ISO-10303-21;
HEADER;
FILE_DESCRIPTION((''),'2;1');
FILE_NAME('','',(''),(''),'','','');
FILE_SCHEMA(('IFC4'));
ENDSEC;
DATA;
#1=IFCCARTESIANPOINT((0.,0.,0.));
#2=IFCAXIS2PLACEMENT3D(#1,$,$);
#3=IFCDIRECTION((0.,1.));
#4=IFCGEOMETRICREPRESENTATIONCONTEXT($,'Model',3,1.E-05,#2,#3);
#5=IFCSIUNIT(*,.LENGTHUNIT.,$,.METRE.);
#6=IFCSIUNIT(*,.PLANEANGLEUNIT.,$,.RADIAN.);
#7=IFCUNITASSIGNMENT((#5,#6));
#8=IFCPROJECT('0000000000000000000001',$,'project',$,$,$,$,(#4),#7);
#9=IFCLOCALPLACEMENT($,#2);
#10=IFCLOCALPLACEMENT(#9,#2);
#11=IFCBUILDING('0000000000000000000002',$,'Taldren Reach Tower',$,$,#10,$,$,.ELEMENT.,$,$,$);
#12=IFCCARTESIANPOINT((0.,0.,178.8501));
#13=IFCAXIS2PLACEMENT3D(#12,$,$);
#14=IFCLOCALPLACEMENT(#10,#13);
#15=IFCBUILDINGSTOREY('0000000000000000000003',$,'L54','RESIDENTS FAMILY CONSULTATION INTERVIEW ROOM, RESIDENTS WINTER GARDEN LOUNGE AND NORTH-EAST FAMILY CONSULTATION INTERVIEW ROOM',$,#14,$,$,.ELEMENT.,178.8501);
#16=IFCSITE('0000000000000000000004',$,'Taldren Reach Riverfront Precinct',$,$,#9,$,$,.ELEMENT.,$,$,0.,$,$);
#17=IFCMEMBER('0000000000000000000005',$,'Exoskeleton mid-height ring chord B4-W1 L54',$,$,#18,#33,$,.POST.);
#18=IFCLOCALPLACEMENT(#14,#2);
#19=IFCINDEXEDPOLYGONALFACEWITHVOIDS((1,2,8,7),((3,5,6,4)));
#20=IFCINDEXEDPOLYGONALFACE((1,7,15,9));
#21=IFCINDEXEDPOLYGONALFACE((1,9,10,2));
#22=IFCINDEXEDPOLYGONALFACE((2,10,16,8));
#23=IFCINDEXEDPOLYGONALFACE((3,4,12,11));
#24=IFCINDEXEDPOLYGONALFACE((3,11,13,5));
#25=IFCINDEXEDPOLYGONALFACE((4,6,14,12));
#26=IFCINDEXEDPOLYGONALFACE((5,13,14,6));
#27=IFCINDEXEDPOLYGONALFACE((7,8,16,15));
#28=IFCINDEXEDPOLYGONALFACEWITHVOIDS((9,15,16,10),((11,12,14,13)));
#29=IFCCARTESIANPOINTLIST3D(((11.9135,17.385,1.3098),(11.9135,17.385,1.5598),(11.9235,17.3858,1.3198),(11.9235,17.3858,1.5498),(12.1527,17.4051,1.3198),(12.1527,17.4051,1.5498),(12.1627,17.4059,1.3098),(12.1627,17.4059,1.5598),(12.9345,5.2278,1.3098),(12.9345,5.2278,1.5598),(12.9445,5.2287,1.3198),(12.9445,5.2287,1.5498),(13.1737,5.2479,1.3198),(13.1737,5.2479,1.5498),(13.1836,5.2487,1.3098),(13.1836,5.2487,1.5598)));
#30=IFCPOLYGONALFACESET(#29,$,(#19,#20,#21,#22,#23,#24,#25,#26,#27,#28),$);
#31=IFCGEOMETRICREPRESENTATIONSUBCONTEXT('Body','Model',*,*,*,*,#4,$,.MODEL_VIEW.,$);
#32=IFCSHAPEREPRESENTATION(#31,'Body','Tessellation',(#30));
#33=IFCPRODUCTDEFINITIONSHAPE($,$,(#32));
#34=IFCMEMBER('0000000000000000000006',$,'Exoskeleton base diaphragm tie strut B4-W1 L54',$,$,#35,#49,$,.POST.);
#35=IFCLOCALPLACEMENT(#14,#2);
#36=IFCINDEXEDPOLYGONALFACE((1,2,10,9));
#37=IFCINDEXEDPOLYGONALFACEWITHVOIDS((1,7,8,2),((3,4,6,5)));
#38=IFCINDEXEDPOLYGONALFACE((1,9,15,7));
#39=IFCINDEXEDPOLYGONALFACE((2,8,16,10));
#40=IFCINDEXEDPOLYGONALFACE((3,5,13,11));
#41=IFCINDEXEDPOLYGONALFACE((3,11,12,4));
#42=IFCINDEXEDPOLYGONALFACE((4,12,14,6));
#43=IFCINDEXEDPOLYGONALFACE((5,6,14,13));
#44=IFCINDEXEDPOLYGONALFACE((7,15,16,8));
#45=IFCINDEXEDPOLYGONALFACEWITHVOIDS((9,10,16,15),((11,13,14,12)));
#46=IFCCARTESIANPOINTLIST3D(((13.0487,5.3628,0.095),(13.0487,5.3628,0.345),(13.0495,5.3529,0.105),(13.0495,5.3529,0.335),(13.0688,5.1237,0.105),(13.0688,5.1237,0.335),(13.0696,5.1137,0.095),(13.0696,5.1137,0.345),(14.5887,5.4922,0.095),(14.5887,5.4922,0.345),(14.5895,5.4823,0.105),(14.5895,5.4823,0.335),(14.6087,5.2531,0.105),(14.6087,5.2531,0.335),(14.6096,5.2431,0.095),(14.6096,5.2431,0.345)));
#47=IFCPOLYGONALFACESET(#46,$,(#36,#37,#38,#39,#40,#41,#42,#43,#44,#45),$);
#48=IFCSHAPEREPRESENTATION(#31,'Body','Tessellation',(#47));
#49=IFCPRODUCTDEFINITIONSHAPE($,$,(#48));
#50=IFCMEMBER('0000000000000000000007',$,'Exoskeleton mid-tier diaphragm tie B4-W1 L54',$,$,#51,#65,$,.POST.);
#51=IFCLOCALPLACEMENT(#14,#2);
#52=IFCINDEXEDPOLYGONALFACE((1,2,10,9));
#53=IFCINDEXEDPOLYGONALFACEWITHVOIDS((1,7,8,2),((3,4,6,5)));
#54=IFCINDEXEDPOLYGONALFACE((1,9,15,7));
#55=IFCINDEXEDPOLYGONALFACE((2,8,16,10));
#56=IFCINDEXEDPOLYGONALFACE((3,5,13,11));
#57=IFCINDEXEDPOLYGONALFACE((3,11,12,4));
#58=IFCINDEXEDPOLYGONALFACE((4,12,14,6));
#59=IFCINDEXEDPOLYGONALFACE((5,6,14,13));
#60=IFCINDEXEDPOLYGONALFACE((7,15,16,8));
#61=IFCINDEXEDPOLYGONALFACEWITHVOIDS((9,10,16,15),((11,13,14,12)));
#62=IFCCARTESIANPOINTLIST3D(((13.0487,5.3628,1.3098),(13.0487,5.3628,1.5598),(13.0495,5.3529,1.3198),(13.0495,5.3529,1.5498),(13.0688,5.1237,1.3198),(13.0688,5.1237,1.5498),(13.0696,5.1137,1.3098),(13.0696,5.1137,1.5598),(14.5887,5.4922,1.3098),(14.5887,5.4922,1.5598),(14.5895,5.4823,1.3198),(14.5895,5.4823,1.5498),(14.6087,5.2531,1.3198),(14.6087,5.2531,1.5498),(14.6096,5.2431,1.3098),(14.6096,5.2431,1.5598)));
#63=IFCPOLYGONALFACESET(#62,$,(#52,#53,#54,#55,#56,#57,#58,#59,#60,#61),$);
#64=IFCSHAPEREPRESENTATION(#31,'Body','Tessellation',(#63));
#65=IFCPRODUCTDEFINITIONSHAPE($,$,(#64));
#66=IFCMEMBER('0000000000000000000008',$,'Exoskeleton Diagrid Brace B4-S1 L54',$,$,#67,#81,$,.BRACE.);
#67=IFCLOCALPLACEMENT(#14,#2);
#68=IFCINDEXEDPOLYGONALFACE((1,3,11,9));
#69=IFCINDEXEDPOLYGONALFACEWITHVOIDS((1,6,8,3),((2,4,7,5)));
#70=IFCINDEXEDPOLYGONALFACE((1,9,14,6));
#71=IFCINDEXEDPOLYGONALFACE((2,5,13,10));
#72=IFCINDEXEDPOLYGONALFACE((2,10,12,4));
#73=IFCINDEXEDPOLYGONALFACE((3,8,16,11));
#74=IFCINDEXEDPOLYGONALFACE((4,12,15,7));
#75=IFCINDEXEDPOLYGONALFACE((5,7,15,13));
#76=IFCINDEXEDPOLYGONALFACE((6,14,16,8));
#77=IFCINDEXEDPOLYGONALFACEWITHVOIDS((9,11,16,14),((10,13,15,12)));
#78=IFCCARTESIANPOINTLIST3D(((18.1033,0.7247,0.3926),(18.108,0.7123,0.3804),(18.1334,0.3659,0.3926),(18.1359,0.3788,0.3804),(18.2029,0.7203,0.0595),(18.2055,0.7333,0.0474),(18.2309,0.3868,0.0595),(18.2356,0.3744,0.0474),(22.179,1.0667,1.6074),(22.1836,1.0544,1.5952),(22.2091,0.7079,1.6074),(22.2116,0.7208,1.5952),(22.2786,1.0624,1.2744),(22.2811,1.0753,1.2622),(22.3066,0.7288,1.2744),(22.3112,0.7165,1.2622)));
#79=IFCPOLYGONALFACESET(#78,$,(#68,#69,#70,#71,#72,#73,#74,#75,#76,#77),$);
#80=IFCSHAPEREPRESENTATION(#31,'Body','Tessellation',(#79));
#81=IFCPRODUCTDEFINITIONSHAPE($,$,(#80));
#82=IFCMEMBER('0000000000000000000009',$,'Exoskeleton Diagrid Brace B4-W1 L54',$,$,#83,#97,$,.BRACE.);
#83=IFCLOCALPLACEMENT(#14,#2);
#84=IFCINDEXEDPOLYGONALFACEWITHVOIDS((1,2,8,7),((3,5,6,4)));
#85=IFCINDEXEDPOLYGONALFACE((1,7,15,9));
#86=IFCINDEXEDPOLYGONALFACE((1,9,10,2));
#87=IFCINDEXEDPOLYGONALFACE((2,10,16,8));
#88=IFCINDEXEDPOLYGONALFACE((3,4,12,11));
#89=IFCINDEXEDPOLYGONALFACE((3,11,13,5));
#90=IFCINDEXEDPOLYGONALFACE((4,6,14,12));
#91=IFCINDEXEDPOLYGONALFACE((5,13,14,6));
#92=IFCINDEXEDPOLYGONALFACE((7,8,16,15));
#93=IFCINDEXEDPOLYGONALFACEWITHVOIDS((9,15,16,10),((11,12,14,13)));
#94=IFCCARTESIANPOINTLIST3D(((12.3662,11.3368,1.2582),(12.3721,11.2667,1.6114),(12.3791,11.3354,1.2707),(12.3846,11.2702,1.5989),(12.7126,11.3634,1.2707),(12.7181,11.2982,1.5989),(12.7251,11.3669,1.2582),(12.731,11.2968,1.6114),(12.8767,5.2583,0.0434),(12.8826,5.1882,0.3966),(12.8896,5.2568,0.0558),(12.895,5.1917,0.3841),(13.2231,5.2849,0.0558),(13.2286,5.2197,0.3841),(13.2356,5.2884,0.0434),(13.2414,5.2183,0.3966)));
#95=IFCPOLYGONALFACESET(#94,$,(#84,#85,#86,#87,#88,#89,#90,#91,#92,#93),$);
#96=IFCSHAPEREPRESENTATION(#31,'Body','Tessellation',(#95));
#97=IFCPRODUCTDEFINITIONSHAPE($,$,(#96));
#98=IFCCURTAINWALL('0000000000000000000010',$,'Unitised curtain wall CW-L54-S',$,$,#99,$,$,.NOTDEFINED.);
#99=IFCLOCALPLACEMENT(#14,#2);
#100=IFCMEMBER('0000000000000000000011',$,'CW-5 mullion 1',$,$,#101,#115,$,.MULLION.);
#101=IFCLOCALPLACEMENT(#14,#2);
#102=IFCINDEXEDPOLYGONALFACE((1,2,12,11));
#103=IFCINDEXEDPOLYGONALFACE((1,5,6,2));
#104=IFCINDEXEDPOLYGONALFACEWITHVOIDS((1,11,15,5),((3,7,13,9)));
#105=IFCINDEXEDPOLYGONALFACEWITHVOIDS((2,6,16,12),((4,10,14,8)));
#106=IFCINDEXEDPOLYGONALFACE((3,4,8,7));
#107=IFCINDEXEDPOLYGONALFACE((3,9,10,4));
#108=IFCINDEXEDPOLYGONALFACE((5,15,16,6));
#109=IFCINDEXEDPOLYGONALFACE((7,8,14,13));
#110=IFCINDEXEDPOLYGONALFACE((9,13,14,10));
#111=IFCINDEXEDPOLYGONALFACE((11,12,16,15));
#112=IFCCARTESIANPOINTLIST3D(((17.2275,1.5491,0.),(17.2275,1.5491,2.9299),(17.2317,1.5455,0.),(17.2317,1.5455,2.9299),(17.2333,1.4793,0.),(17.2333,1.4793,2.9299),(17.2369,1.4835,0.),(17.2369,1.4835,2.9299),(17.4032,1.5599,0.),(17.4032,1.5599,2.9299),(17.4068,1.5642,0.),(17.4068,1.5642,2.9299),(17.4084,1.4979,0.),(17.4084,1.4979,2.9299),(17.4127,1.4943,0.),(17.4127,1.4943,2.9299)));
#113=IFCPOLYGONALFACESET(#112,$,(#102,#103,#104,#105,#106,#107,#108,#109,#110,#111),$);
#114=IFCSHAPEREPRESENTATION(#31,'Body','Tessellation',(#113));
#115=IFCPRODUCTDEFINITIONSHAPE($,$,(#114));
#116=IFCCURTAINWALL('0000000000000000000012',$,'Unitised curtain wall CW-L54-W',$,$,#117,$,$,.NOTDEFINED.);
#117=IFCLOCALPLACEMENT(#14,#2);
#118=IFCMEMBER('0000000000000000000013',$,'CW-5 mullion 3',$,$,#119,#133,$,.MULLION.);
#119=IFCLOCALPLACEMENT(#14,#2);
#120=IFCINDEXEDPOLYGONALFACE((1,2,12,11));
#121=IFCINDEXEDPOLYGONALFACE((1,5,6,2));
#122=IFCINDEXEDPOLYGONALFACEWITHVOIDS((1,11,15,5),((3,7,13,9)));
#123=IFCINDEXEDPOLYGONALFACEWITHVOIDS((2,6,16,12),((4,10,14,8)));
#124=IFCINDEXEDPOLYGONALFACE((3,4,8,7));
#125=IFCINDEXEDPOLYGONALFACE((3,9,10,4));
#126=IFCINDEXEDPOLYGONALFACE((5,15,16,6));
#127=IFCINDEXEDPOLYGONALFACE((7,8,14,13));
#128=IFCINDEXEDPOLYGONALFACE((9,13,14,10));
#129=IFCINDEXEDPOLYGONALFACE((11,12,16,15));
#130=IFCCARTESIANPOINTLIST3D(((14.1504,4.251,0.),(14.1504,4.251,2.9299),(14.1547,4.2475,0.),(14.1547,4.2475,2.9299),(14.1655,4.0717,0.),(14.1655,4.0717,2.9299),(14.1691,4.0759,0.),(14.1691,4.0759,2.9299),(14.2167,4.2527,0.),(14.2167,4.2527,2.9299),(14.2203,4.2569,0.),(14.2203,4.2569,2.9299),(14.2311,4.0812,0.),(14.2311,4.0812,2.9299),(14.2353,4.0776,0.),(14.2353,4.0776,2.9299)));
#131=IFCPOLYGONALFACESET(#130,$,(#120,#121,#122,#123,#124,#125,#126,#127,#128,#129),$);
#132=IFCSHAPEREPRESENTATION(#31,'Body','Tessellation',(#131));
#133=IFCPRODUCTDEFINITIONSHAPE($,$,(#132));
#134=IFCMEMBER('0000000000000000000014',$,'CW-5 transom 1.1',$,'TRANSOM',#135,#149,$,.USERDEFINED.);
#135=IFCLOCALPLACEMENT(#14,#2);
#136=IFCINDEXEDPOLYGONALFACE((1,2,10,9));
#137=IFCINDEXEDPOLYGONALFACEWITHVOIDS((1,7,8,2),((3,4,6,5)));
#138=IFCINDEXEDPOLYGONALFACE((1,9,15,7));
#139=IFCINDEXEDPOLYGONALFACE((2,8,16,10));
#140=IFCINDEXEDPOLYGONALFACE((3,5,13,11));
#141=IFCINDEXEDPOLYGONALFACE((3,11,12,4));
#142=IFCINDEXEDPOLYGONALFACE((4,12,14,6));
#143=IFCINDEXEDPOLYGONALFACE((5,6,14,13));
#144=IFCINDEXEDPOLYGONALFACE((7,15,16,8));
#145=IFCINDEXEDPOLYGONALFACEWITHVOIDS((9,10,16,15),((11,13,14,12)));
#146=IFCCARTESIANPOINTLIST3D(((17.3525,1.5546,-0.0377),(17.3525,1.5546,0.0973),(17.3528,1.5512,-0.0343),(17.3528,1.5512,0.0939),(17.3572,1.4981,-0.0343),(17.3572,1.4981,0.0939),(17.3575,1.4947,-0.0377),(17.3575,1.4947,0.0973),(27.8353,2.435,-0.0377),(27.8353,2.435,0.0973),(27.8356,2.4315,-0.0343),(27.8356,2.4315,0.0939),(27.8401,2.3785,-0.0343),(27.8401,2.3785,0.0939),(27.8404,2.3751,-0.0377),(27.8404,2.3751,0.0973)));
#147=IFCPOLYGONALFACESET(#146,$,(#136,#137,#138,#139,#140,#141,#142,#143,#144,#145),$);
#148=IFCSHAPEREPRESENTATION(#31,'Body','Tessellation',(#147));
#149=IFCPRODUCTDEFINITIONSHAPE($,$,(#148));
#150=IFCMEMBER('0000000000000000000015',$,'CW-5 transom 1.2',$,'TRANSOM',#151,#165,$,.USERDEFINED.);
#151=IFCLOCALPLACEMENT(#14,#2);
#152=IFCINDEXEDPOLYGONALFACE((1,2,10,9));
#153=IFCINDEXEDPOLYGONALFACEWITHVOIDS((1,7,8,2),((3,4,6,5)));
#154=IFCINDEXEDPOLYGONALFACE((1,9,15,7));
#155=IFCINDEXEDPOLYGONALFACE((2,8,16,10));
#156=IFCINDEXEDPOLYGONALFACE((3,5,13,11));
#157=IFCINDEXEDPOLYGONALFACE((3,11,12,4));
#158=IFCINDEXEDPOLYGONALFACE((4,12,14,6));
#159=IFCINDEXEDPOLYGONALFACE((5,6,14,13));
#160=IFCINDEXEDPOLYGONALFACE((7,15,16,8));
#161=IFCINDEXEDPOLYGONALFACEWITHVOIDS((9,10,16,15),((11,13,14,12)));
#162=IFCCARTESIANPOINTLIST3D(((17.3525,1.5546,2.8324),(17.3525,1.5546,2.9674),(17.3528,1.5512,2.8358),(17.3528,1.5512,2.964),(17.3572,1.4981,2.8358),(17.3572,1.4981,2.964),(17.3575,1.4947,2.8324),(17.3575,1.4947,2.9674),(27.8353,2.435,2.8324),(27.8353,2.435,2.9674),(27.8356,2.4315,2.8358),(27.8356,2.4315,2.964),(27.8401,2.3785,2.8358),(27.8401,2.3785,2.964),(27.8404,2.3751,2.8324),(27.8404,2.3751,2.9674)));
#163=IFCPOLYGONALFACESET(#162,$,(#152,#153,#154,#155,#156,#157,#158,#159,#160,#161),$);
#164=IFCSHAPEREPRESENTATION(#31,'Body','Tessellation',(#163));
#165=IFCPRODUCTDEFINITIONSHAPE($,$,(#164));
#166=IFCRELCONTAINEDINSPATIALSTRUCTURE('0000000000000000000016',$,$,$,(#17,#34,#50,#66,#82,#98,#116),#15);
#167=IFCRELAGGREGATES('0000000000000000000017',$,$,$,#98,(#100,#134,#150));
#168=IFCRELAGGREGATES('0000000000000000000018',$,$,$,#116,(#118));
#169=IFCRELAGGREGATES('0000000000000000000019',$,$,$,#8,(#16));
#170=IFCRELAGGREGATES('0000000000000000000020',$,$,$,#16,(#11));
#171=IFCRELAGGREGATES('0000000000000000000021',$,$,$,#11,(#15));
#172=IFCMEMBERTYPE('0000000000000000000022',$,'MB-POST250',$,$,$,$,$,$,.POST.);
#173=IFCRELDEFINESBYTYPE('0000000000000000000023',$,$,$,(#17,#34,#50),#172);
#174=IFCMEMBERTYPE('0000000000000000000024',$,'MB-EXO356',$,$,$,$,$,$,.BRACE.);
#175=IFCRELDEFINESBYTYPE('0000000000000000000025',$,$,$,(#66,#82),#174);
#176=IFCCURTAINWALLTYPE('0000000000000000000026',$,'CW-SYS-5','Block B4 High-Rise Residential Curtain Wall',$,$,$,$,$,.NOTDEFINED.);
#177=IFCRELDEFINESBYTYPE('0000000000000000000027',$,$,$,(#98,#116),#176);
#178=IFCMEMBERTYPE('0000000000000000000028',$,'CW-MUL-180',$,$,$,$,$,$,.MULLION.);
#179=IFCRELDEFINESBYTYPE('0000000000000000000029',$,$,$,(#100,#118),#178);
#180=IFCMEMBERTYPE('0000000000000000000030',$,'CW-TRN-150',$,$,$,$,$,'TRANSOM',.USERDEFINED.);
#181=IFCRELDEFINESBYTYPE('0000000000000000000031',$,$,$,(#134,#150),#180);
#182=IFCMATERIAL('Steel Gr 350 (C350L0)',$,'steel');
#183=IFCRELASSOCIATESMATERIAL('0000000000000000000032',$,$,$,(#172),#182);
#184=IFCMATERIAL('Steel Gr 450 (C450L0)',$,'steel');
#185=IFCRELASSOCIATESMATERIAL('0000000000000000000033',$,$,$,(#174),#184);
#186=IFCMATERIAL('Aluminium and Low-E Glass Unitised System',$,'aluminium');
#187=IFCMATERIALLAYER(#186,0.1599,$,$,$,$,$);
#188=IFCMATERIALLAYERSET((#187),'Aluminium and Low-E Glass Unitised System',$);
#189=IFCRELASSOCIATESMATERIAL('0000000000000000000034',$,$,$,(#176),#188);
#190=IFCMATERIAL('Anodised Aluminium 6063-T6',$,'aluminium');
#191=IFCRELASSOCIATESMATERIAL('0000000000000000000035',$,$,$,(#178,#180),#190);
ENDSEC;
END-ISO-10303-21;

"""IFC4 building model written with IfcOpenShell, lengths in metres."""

from ifc_helpers import new_model, si_unit, direction, frame, origin, origin_2d, place, context, subcontext, project, spatial, hollow_rectangle, extrude, source, transform, mapped, material, layer, layer_set, material_profile, profile_set, type_object, element, aggregate, save


model = new_model("IFC4")

# Units and contexts
model_context = context("Model", 3, precision=1e-05, world=origin(), true_north=direction((0.0, 1.0)))
body_context = subcontext(model_context, "Body", "Model", "MODEL_VIEW")
ifc_project = project(units=[si_unit("LENGTHUNIT", "METRE"), si_unit("PLANEANGLEUNIT", "RADIAN")], contexts=[model_context])

# Site, building, storey
site_placement = place(None, origin())
site = spatial("IfcSite", under=ifc_project, at=site_placement, Name="Taldren Reach Riverfront Precinct", CompositionType="ELEMENT", RefElevation=0.0)
building_placement = place(site_placement, origin())
building = spatial("IfcBuilding", under=site, at=building_placement, Name="Taldren Reach Tower", CompositionType="ELEMENT")
storey_placement = place(building_placement, frame((0.0, 0.0, 178.8501)))
storey = spatial("IfcBuildingStorey", under=building, at=storey_placement, Name="L54", Description="RESIDENTS FAMILY CONSULTATION INTERVIEW ROOM, RESIDENTS WINTER GARDEN LOUNGE AND NORTH-EAST FAMILY CONSULTATION INTERVIEW ROOM", CompositionType="ELEMENT", Elevation=178.8501)

# Shared definitions
ifc_material_1 = material(Name="Steel Gr 350 (C350L0)", Category="steel")

# Shared definitions
ifc_material_profile_1 = material_profile(ifc_material_1, hollow_rectangle(XDim=0.25, YDim=0.25, WallThickness=0.01, at=origin_2d()), Name="250x250x10.0SHS")
ifc_profile_set_1 = profile_set([ifc_material_profile_1], Name="Steel Gr 350 (C350L0)")
member_type_1 = type_object("IfcMemberType", Name="MB-POST250", PredefinedType="POST", material=ifc_profile_set_1)

# Members
ifc_material_2 = material(Name="Steel Gr 450 (C450L0)", Category="steel")
shared_shape_1 = source(origin(), body_context, "Body", "SweptSolid", [
    extrude(hollow_rectangle(XDim=0.25, YDim=0.25, WallThickness=0.01, at=origin_2d()), origin(), (0.0, 0.0, 1.0), 12.2),
])
member_1_placement = place(storey_placement, frame((13.0591, 5.2383, 1.4348), z_axis=(-0.083688, 0.996492, 0.0), x_axis=(-0.996492, -0.083688, 0.0)))
element("IfcMember", 1, at=member_1_placement, inside=storey, type_object=member_type_1, Name="Exoskeleton mid-height ring chord B4-W1 L54", PredefinedType="POST", context=body_context, shape_type="MappedRepresentation", body=[
    mapped(shared_shape_1, transform((0.0, 0.0, 0.0), scale=1.0)),
])
shared_shape_2 = source(origin(), body_context, "Body", "SweptSolid", [
    extrude(hollow_rectangle(XDim=0.25, YDim=0.25, WallThickness=0.01, at=origin_2d()), origin(), (0.0, 0.0, 1.0), 1.5454),
])
for number, where, z_axis, x_axis, name in (
    (2, (14.5991, 5.3677, 0.22), (-0.996489, -0.083725, 0.0), (0.083725, -0.996489, 0.0), "Exoskeleton base diaphragm tie strut B4-W1 L54"),
    (3, (14.5991, 5.3677, 1.4348), (-0.996489, -0.083725, 0.0), (0.083725, -0.996489, 0.0), "Exoskeleton mid-tier diaphragm tie B4-W1 L54"),
):
    element("IfcMember", number, at=place(storey_placement, frame(where, z_axis=z_axis, x_axis=x_axis)), inside=storey, type_object=member_type_1, Name=name, PredefinedType="POST", context=body_context, shape_type="MappedRepresentation", body=[
        mapped(shared_shape_2, transform((0.0, 0.0, 0.0), scale=1.0)),
    ])
ifc_material_profile_2 = material_profile(ifc_material_2, hollow_rectangle(XDim=0.3601, YDim=0.3601, WallThickness=0.0127, at=origin_2d()), Name="360x360x12.7SHS")
ifc_profile_set_2 = profile_set([ifc_material_profile_2], Name="Steel Gr 450 (C450L0)")
member_type_2 = type_object("IfcMemberType", Name="MB-EXO356", PredefinedType="BRACE", material=ifc_profile_set_2)
shared_shape_3 = source(origin(), body_context, "Body", "SweptSolid", [
    extrude(hollow_rectangle(XDim=0.3601, YDim=0.3601, WallThickness=0.0127, at=origin_2d()), origin(), (0.0, 0.0, 1.0), 4.2666),
])
member_2_placement = place(storey_placement, frame((18.1694, 0.5496, 0.22), z_axis=(0.955249, 0.080167, 0.284732), x_axis=(-0.083628, 0.996497, 0.0)))
element("IfcMember", 4, at=member_2_placement, inside=storey, type_object=member_type_2, Name="Exoskeleton Diagrid Brace B4-S1 L54", PredefinedType="BRACE", context=body_context, shape_type="MappedRepresentation", body=[
    mapped(shared_shape_3, transform((0.0, 0.0, 0.0), scale=1.0)),
])
shared_shape_4 = source(origin(), body_context, "Body", "SweptSolid", [
    extrude(hollow_rectangle(XDim=0.3601, YDim=0.3601, WallThickness=0.0127, at=origin_2d()), origin(), (0.0, 0.0, 1.0), 6.2197),
])
member_3_placement = place(storey_placement, frame((13.0591, 5.2383, 0.22), z_axis=(-0.082076, 0.977299, 0.195319), x_axis=(-0.996492, -0.083688, 0.0)))
element("IfcMember", 5, at=member_3_placement, inside=storey, type_object=member_type_2, Name="Exoskeleton Diagrid Brace B4-W1 L54", PredefinedType="BRACE", context=body_context, shape_type="MappedRepresentation", body=[
    mapped(shared_shape_4, transform((0.0, 0.0, 0.0), scale=1.0)),
])

# Curtain walls, members
ifc_material_3 = material(Name="Aluminium and Low-E Glass Unitised System", Category="aluminium")
ifc_layer_1 = layer(ifc_material_3, 0.1599)
ifc_layer_set_1 = layer_set([ifc_layer_1], Name="Aluminium and Low-E Glass Unitised System")
curtain_wall_type = type_object("IfcCurtainWallType", Name="CW-SYS-5", Description="Block B4 High-Rise Residential Curtain Wall", PredefinedType="NOTDEFINED", material=ifc_layer_set_1)
curtain_wall_1_placement = place(storey_placement, origin())
curtain_wall_1 = element("IfcCurtainWall", 6, at=curtain_wall_1_placement, inside=storey, type_object=curtain_wall_type, Name="Unitised curtain wall CW-L54-S", PredefinedType="NOTDEFINED")
ifc_material_4 = material(Name="Anodised Aluminium 6063-T6", Category="aluminium")
ifc_material_profile_3 = material_profile(ifc_material_4, hollow_rectangle(XDim=0.0701, YDim=0.1799, WallThickness=0.0039, at=origin_2d()), Name="ALU-180x70x4RHS")
ifc_profile_set_3 = profile_set([ifc_material_profile_3], Name="Anodised Aluminium 6063-T6")
member_type_3 = type_object("IfcMemberType", Name="CW-MUL-180", PredefinedType="MULLION", material=ifc_profile_set_3)
shared_shape_5 = source(origin(), body_context, "Body", "SweptSolid", [
    extrude(hollow_rectangle(XDim=0.0701, YDim=0.1799, WallThickness=0.0039, at=origin_2d()), origin(), (0.0, 0.0, 1.0), 2.9299),
])
member_4_placement = place(storey_placement, frame((17.3201, 1.5217, 0.0), z_axis=(0.0, 0.0, 1.0), x_axis=(-0.083678, 0.996493, 0.0)))
member_4 = element("IfcMember", 7, at=member_4_placement, type_object=member_type_3, Name="CW-5 mullion 1", PredefinedType="MULLION", context=body_context, shape_type="MappedRepresentation", body=[
    mapped(shared_shape_5, transform((0.0, 0.0, 0.0), scale=1.0)),
])
curtain_wall_2_placement = place(storey_placement, origin())
curtain_wall_2 = element("IfcCurtainWall", 8, at=curtain_wall_2_placement, inside=storey, type_object=curtain_wall_type, Name="Unitised curtain wall CW-L54-W", PredefinedType="NOTDEFINED")
member_5_placement = place(storey_placement, frame((14.1929, 4.1643, 0.0), z_axis=(0.0, 0.0, 1.0), x_axis=(0.996493, 0.083678, 0.0)))
member_5 = element("IfcMember", 9, at=member_5_placement, type_object=member_type_3, Name="CW-5 mullion 3", PredefinedType="MULLION", context=body_context, shape_type="MappedRepresentation", body=[
    mapped(shared_shape_5, transform((0.0, 0.0, 0.0), scale=1.0)),
])

# Members
ifc_material_profile_4 = material_profile(ifc_material_4, hollow_rectangle(XDim=0.0601, YDim=0.135, WallThickness=0.0034, at=origin_2d()), Name="ALU-135x60x3.5RHS")
ifc_profile_set_4 = profile_set([ifc_material_profile_4], Name="Anodised Aluminium 6063-T6")
member_type_4 = type_object("IfcMemberType", Name="CW-TRN-150", ElementType="TRANSOM", PredefinedType="USERDEFINED", material=ifc_profile_set_4)
shared_shape_6 = source(origin(), body_context, "Body", "SweptSolid", [
    extrude(hollow_rectangle(XDim=0.0601, YDim=0.135, WallThickness=0.0034, at=origin_2d()), origin(), (0.0, 0.0, 1.0), 10.5198),
])
member_6_placement = place(storey_placement, frame((17.355, 1.5247, 0.0298), z_axis=(0.996492, 0.083687, 0.0), x_axis=(-0.083687, 0.996492, 0.0)))
member_6 = element("IfcMember", 10, at=member_6_placement, type_object=member_type_4, Name="CW-5 transom 1.1", ObjectType="TRANSOM", PredefinedType="USERDEFINED", context=body_context, shape_type="MappedRepresentation", body=[
    mapped(shared_shape_6, transform((0.0, 0.0, 0.0), scale=1.0)),
])
member_7_placement = place(storey_placement, frame((17.355, 1.5247, 2.8999), z_axis=(0.996492, 0.083687, 0.0), x_axis=(-0.083687, 0.996492, 0.0)))
member_7 = element("IfcMember", 11, at=member_7_placement, type_object=member_type_4, Name="CW-5 transom 1.2", ObjectType="TRANSOM", PredefinedType="USERDEFINED", context=body_context, shape_type="MappedRepresentation", body=[
    mapped(shared_shape_6, transform((0.0, 0.0, 0.0), scale=1.0)),
])
aggregate(curtain_wall_1, [member_4, member_6, member_7])

aggregate(curtain_wall_2, [member_5])

save(model, "model.ifc")
